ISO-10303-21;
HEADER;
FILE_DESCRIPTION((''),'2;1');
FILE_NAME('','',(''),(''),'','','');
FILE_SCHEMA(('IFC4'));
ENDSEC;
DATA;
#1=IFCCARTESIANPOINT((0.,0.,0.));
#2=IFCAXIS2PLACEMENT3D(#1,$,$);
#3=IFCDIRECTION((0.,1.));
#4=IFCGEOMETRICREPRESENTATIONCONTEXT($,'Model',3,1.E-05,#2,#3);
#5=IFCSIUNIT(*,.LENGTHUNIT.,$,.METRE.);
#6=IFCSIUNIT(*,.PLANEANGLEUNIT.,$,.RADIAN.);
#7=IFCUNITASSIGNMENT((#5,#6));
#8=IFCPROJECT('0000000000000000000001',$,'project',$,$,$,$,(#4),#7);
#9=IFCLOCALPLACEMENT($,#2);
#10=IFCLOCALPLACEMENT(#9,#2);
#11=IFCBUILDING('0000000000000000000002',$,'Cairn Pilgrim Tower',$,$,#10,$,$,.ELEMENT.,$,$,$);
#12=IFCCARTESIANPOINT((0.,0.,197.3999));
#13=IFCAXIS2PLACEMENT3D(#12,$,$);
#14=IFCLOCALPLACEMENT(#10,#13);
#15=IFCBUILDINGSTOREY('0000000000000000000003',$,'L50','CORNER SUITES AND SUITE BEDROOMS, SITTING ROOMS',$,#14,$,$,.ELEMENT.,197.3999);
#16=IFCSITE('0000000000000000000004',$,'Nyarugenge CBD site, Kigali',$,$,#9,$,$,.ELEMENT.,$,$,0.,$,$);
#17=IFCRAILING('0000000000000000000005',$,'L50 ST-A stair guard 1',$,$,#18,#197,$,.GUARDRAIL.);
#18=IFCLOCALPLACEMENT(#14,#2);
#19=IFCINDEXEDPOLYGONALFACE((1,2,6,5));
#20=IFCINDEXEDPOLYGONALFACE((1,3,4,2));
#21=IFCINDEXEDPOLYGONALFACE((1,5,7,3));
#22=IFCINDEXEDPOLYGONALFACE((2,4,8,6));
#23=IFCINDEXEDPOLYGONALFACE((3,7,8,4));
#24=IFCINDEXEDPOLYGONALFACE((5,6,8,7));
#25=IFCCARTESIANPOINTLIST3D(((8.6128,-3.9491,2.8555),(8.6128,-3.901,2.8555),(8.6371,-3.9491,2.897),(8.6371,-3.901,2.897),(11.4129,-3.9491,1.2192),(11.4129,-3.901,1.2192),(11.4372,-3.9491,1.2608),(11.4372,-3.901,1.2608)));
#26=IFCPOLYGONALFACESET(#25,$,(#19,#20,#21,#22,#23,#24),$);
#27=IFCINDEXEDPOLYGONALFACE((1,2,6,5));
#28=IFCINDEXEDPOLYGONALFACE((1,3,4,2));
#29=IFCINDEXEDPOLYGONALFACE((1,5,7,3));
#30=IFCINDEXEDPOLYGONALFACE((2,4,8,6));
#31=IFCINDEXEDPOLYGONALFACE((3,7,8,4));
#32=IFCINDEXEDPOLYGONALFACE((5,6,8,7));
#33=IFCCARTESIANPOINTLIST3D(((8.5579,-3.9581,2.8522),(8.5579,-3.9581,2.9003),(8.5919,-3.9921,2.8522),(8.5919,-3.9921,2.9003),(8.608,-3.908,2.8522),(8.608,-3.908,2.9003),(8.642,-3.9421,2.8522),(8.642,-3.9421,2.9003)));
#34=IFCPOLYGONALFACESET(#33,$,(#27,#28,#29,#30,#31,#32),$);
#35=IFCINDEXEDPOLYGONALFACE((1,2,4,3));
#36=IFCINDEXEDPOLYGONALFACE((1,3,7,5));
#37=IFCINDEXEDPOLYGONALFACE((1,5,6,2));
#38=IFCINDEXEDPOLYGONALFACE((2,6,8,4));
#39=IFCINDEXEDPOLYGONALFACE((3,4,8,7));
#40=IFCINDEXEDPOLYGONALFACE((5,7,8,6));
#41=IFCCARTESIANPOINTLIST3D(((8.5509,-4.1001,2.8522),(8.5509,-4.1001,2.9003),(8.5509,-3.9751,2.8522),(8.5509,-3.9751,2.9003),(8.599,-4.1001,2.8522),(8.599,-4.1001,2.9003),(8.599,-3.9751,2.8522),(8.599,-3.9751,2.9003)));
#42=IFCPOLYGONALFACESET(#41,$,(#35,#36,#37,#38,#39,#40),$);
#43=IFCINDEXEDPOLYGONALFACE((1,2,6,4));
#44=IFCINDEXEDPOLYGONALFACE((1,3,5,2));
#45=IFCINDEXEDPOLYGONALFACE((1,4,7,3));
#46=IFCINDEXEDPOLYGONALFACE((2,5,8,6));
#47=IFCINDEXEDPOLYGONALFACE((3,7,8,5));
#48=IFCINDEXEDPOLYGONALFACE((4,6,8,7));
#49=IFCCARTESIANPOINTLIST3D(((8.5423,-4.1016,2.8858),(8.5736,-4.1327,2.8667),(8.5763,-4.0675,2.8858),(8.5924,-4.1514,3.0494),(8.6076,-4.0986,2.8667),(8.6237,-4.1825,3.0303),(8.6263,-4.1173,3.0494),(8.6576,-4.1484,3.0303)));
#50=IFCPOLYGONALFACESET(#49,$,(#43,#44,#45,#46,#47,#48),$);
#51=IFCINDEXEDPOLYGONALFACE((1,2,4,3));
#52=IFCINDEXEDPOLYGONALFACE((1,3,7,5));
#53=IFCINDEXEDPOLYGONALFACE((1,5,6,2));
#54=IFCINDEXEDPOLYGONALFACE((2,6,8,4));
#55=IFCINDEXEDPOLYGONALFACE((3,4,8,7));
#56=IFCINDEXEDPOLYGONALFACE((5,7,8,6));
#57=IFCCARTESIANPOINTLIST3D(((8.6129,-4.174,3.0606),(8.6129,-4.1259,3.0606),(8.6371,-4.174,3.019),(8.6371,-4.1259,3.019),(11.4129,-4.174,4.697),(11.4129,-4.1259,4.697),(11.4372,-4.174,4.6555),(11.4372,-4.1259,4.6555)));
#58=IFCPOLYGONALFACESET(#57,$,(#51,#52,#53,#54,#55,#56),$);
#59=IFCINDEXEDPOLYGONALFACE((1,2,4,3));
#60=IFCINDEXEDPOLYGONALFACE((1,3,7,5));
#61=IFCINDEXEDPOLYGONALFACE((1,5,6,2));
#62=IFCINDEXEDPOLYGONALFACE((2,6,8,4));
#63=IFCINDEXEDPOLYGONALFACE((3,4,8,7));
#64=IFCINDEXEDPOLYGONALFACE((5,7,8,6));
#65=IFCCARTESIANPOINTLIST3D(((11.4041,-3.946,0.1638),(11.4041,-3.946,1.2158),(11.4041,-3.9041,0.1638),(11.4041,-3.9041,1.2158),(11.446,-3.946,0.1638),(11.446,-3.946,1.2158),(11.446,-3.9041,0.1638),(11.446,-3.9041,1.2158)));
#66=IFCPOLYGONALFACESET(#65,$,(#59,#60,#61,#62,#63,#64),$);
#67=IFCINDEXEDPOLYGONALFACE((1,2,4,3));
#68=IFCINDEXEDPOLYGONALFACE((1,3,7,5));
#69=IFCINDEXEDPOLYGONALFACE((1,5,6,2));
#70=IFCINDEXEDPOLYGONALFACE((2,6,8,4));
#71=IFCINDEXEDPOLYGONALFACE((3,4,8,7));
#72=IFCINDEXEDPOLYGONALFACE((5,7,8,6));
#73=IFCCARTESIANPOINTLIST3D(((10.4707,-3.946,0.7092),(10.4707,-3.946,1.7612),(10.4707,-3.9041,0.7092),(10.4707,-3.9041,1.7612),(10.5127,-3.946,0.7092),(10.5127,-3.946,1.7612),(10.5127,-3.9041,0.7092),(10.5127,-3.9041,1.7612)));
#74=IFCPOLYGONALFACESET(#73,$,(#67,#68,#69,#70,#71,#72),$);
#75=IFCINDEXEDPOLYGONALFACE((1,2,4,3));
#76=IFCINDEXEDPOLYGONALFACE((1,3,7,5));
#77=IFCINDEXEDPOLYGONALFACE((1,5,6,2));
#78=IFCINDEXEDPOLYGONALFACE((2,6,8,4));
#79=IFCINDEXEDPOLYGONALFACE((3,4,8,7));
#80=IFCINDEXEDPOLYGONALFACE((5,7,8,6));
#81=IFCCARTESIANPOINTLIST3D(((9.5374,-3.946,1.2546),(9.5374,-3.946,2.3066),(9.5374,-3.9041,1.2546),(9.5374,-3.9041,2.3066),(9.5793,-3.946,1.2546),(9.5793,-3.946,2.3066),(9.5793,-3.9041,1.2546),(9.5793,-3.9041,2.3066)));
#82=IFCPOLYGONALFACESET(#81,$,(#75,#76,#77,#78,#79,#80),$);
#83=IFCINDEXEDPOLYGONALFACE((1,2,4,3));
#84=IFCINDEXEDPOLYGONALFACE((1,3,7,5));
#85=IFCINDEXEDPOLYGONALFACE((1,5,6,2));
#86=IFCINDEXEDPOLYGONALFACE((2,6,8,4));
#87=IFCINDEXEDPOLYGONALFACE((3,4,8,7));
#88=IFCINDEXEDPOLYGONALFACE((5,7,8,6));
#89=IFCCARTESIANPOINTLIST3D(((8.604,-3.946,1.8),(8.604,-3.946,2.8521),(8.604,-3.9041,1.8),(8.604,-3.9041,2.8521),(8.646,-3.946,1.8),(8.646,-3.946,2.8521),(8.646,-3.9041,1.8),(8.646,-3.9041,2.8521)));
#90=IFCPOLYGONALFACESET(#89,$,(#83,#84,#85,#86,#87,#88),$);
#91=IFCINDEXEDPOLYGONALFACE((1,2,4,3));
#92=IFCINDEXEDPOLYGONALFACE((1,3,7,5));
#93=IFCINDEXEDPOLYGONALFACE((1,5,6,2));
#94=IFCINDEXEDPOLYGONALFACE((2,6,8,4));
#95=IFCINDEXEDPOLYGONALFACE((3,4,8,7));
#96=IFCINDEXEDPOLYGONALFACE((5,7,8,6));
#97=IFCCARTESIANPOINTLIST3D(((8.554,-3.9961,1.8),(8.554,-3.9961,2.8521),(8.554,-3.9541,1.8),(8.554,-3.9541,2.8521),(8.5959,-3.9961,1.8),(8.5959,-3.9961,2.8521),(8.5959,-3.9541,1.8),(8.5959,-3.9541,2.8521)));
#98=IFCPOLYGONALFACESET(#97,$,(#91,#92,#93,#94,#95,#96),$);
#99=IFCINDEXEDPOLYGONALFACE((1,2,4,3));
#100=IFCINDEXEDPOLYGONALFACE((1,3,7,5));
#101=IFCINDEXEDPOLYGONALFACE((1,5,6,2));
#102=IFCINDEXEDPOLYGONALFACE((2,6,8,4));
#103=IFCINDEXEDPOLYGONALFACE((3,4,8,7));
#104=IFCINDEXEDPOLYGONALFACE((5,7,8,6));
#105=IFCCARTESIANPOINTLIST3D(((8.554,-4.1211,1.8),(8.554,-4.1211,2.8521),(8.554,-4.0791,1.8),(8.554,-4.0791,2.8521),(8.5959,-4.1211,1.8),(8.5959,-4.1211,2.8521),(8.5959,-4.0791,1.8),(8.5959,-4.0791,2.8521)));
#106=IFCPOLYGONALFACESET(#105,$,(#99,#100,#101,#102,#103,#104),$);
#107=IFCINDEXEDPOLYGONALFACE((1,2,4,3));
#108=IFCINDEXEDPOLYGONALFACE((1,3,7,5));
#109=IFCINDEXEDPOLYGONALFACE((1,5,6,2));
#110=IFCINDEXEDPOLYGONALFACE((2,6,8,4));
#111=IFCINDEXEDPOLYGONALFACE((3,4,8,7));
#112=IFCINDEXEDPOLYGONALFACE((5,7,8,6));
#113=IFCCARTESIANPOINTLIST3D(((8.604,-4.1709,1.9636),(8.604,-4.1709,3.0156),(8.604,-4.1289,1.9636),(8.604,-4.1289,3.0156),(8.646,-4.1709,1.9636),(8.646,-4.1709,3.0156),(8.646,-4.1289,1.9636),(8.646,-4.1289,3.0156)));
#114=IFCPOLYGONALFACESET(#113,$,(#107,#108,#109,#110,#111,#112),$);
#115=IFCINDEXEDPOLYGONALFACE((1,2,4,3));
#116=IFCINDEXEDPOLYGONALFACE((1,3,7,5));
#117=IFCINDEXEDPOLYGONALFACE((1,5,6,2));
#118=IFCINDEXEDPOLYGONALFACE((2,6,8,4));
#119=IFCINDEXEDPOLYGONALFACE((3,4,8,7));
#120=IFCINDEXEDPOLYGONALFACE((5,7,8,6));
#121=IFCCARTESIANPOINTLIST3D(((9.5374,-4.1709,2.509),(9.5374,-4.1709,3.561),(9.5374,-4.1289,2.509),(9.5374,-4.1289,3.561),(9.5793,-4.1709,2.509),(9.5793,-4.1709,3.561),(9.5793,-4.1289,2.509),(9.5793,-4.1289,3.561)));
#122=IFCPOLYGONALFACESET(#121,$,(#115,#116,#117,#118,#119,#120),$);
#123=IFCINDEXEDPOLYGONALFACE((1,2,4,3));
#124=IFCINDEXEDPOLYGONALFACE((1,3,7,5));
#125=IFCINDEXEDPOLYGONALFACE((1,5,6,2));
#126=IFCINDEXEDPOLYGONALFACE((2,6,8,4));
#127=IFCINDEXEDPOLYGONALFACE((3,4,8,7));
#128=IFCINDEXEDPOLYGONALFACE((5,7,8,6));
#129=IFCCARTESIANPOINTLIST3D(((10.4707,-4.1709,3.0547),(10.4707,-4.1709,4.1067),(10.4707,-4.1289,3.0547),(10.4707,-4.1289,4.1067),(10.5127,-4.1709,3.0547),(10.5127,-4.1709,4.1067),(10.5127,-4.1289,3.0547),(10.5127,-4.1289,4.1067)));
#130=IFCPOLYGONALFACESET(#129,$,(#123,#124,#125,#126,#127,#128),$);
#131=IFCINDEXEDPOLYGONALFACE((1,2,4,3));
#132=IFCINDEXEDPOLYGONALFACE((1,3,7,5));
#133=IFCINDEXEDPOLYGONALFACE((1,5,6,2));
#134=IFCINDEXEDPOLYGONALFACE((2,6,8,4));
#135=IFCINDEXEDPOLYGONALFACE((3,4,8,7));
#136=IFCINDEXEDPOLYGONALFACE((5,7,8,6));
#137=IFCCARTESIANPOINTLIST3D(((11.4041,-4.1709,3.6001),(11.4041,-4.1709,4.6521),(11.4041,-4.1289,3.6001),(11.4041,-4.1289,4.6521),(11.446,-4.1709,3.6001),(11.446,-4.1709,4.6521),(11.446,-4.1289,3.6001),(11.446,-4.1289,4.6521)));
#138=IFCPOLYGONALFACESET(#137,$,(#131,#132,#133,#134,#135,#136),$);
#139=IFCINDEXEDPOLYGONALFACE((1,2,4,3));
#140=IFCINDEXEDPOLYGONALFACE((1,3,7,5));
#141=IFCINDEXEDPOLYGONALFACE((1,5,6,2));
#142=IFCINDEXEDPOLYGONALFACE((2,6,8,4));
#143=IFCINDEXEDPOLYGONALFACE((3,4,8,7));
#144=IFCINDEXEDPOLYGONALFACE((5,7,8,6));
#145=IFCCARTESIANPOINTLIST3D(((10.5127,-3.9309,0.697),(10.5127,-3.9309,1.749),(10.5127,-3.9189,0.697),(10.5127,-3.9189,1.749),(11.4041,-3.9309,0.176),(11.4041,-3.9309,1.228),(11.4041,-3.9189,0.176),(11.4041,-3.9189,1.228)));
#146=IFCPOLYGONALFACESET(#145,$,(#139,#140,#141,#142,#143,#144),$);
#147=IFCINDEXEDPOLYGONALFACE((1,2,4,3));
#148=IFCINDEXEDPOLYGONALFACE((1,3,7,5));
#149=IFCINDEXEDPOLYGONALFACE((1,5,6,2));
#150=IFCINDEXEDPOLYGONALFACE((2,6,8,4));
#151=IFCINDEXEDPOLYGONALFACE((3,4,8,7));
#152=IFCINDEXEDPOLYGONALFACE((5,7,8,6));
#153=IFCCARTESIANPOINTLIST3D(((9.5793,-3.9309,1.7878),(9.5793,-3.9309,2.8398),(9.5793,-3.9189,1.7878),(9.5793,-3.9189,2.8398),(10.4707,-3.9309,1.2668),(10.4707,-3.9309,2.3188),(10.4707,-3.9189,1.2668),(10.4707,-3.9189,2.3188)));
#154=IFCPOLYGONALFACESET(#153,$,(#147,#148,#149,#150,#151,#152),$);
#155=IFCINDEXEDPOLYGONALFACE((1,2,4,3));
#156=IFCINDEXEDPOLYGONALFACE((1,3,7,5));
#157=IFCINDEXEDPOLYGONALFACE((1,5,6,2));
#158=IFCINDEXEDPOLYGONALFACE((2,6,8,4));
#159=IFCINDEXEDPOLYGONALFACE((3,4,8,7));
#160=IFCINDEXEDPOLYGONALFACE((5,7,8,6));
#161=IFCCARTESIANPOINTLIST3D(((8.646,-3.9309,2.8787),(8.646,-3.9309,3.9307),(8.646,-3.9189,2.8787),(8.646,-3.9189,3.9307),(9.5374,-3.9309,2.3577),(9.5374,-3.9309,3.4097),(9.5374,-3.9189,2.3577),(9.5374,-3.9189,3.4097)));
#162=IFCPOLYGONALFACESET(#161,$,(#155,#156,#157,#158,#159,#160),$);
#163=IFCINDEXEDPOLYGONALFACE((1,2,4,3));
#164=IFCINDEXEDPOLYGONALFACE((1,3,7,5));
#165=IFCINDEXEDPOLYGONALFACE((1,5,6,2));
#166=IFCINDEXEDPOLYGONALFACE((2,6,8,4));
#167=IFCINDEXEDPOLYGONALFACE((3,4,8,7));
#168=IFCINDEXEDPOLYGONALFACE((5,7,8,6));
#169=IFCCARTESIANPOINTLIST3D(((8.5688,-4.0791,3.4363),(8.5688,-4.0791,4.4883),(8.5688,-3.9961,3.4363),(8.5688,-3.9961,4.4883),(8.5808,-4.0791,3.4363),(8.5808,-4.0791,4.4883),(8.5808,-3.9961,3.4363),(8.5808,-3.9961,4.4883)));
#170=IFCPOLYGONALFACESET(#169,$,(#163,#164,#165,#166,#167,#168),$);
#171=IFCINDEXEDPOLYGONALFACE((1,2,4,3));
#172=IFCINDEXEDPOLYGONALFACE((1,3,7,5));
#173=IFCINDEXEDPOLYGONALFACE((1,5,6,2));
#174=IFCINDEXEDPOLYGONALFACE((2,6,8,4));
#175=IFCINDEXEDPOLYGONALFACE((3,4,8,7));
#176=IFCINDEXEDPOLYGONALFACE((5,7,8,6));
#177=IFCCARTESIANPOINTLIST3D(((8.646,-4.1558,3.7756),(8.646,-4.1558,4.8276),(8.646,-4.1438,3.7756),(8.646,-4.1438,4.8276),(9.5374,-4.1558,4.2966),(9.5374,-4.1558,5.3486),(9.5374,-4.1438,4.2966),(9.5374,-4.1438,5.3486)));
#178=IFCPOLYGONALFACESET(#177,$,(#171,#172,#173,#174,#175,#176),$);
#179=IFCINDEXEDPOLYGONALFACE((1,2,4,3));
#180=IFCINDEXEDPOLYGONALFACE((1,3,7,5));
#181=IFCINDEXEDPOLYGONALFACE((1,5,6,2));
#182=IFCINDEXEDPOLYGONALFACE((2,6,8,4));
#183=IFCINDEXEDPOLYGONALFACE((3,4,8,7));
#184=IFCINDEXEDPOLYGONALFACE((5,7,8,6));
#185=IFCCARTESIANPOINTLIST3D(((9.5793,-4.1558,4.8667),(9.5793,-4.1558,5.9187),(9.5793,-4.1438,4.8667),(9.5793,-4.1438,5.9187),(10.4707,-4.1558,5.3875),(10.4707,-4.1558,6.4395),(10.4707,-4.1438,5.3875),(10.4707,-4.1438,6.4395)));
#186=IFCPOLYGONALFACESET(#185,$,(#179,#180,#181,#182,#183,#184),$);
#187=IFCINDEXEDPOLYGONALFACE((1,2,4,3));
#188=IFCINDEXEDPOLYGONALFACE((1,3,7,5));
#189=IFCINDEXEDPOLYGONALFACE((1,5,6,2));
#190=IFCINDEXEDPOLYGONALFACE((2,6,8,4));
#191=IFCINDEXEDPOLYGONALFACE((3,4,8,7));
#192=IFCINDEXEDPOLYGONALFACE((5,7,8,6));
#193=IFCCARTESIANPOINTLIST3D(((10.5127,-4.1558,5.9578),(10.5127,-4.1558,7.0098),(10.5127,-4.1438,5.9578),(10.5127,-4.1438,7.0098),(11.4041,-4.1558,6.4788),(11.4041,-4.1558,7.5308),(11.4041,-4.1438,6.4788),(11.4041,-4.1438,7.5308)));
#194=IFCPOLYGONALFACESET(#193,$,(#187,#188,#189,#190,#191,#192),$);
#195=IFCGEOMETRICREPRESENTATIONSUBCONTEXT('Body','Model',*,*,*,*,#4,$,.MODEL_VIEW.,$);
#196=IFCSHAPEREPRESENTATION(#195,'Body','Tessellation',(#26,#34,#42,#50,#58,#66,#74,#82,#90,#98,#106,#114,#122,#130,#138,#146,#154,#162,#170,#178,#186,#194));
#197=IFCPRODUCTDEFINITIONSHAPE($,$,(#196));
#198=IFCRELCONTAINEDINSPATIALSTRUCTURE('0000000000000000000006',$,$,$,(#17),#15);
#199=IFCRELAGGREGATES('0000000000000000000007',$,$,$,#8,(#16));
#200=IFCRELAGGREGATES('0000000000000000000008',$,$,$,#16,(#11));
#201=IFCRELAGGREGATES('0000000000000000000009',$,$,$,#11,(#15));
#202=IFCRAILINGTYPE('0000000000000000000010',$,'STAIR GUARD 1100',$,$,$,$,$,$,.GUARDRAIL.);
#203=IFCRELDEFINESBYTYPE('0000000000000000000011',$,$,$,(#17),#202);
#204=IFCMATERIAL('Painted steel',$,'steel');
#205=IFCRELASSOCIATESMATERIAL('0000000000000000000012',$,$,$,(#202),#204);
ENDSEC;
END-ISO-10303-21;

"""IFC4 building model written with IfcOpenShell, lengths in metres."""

from ifc_helpers import new_model, si_unit, direction, frame, origin, origin_2d, place, context, subcontext, project, spatial, polyline, rectangle, outline, extrude, material, type_object, element, save


model = new_model("IFC4")

# Units and contexts
model_context = context("Model", 3, precision=1e-05, world=origin(), true_north=direction((0.0, 1.0)))
body_context = subcontext(model_context, "Body", "Model", "MODEL_VIEW")
ifc_project = project(units=[si_unit("LENGTHUNIT", "METRE"), si_unit("PLANEANGLEUNIT", "RADIAN")], contexts=[model_context])

# Site, building, storey
site_placement = place(None, origin())
site = spatial("IfcSite", under=ifc_project, at=site_placement, Name="Nyarugenge CBD site, Kigali", CompositionType="ELEMENT", RefElevation=0.0)
building_placement = place(site_placement, origin())
building = spatial("IfcBuilding", under=site, at=building_placement, Name="Cairn Pilgrim Tower", CompositionType="ELEMENT")
storey_placement = place(building_placement, frame((0.0, 0.0, 197.3999)))
storey = spatial("IfcBuildingStorey", under=building, at=storey_placement, Name="L50", Description="CORNER SUITES AND SUITE BEDROOMS, SITTING ROOMS", CompositionType="ELEMENT", Elevation=197.3999)

# Shared definitions
ifc_material_1 = material(Name="Painted steel", Category="steel")

# Railing
railing_type_1 = type_object("IfcRailingType", Name="STAIR GUARD 1100", PredefinedType="GUARDRAIL", material=ifc_material_1)
railing_1_placement = place(storey_placement, frame((11.425, -3.925, 0.1638)))
element("IfcRailing", 1, at=railing_1_placement, inside=storey, type_object=railing_type_1, Name="L50 ST-A stair guard 1", PredefinedType="GUARDRAIL", context=body_context, shape_type="SweptSolid", body=[
    extrude(rectangle(XDim=0.0481, YDim=0.0481, at=origin_2d()), frame((0.0, 0.0, 1.0762), z_axis=(-0.863394, 0.0, 0.504531), x_axis=(0.0, -1.0, 0.0)), (0.0, 0.0, 1.0), 3.2432),
    extrude(rectangle(XDim=0.0481, YDim=0.0481, at=origin_2d()), frame((-2.8, 0.0, 2.7124), z_axis=(-0.707107, -0.707107, 0.0), x_axis=(0.707107, -0.707107, 0.0)), (0.0, 0.0, 1.0), 0.0708),
    extrude(rectangle(XDim=0.0481, YDim=0.0481, at=origin_2d()), frame((-2.8501, -0.05, 2.7124), z_axis=(0.0, -1.0, 0.0), x_axis=(1.0, 0.0, 0.0)), (0.0, 0.0, 1.0), 0.125),
    extrude(rectangle(XDim=0.0481, YDim=0.0481, at=origin_2d()), frame((-2.8501, -0.175, 2.7124), z_axis=(0.280917, -0.279546, 0.918118), x_axis=(0.705376, 0.708834, 0.0)), (0.0, 0.0, 1.0), 0.1782),
    extrude(rectangle(XDim=0.0481, YDim=0.0481, at=origin_2d()), frame((-2.8, -0.2249, 2.876), z_axis=(0.863361, 0.0, 0.504587), x_axis=(0.0, 1.0, 0.0)), (0.0, 0.0, 1.0), 3.2432),
    extrude(rectangle(XDim=0.042, YDim=0.042, at=origin_2d()), origin(), (0.0, 0.0, 1.0), 1.052),
    extrude(rectangle(XDim=0.042, YDim=0.042, at=origin_2d()), frame((-0.9333, 0.0, 0.5454)), (0.0, 0.0, 1.0), 1.052),
    extrude(rectangle(XDim=0.042, YDim=0.042, at=origin_2d()), frame((-1.8667, 0.0, 1.0908)), (0.0, 0.0, 1.0), 1.052),
    extrude(rectangle(XDim=0.042, YDim=0.042, at=origin_2d()), frame((-2.8, 0.0, 1.6362)), (0.0, 0.0, 1.0), 1.052),
    extrude(rectangle(XDim=0.042, YDim=0.042, at=origin_2d()), frame((-2.8501, -0.05, 1.6362)), (0.0, 0.0, 1.0), 1.052),
    extrude(rectangle(XDim=0.042, YDim=0.042, at=origin_2d()), frame((-2.8501, -0.175, 1.6362)), (0.0, 0.0, 1.0), 1.052),
    extrude(rectangle(XDim=0.042, YDim=0.042, at=origin_2d()), frame((-2.8, -0.2249, 1.7998)), (0.0, 0.0, 1.0), 1.052),
    extrude(rectangle(XDim=0.042, YDim=0.042, at=origin_2d()), frame((-1.8667, -0.2249, 2.3452)), (0.0, 0.0, 1.0), 1.052),
    extrude(rectangle(XDim=0.042, YDim=0.042, at=origin_2d()), frame((-0.9333, -0.2249, 2.8909)), (0.0, 0.0, 1.0), 1.052),
    extrude(rectangle(XDim=0.042, YDim=0.042, at=origin_2d()), frame((0.0, -0.2249, 3.4363)), (0.0, 0.0, 1.0), 1.052),
    extrude(outline(polyline([(0.021, 0.0122), (0.9124, 0.5332), (0.9124, 1.5852), (0.021, 1.0642), (0.021, 0.0122)])), frame((0.0, -0.0059, 0.0), z_axis=(0.0, 1.0, 0.0), x_axis=(-1.0, 0.0, 0.0)), (0.0, 0.0, 1.0), 0.012),
    extrude(outline(polyline([(0.021, 0.5576), (0.9124, 1.0786), (0.9124, 2.1306), (0.021, 1.6096), (0.021, 0.5576)])), frame((-0.9333, -0.0059, 0.5454), z_axis=(0.0, 1.0, 0.0), x_axis=(-1.0, 0.0, 0.0)), (0.0, 0.0, 1.0), 0.012),
    extrude(outline(polyline([(0.021, 1.103), (0.9124, 1.624), (0.9124, 2.676), (0.021, 2.155), (0.021, 1.103)])), frame((-1.8667, -0.0059, 1.0908), z_axis=(0.0, 1.0, 0.0), x_axis=(-1.0, 0.0, 0.0)), (0.0, 0.0, 1.0), 0.012),
    extrude(outline(polyline([(0.021, 1.6362), (0.104, 1.6362), (0.104, 2.6882), (0.021, 2.6882), (0.021, 1.6362)])), frame((-2.8442, -0.05, 1.6362), z_axis=(-1.0, 0.0, 0.0), x_axis=(0.0, -1.0, 0.0)), (0.0, 0.0, 1.0), 0.012),
    extrude(outline(polyline([(0.021, 1.812), (0.9124, 2.333), (0.9124, 3.385), (0.021, 2.864), (0.021, 1.812)])), frame((-2.8, -0.2188, 1.7998), z_axis=(0.0, -1.0, 0.0), x_axis=(1.0, 0.0, 0.0)), (0.0, 0.0, 1.0), 0.012),
    extrude(outline(polyline([(0.021, 2.3577), (0.9124, 2.8784), (0.9124, 3.9304), (0.021, 3.4097), (0.021, 2.3577)])), frame((-1.8667, -0.2188, 2.3452), z_axis=(0.0, -1.0, 0.0), x_axis=(1.0, 0.0, 0.0)), (0.0, 0.0, 1.0), 0.012),
    extrude(outline(polyline([(0.021, 2.9031), (0.9124, 3.4241), (0.9124, 4.4761), (0.021, 3.9551), (0.021, 2.9031)])), frame((-0.9333, -0.2188, 2.8909), z_axis=(0.0, -1.0, 0.0), x_axis=(1.0, 0.0, 0.0)), (0.0, 0.0, 1.0), 0.012),
])

save(model, "model.ifc")
